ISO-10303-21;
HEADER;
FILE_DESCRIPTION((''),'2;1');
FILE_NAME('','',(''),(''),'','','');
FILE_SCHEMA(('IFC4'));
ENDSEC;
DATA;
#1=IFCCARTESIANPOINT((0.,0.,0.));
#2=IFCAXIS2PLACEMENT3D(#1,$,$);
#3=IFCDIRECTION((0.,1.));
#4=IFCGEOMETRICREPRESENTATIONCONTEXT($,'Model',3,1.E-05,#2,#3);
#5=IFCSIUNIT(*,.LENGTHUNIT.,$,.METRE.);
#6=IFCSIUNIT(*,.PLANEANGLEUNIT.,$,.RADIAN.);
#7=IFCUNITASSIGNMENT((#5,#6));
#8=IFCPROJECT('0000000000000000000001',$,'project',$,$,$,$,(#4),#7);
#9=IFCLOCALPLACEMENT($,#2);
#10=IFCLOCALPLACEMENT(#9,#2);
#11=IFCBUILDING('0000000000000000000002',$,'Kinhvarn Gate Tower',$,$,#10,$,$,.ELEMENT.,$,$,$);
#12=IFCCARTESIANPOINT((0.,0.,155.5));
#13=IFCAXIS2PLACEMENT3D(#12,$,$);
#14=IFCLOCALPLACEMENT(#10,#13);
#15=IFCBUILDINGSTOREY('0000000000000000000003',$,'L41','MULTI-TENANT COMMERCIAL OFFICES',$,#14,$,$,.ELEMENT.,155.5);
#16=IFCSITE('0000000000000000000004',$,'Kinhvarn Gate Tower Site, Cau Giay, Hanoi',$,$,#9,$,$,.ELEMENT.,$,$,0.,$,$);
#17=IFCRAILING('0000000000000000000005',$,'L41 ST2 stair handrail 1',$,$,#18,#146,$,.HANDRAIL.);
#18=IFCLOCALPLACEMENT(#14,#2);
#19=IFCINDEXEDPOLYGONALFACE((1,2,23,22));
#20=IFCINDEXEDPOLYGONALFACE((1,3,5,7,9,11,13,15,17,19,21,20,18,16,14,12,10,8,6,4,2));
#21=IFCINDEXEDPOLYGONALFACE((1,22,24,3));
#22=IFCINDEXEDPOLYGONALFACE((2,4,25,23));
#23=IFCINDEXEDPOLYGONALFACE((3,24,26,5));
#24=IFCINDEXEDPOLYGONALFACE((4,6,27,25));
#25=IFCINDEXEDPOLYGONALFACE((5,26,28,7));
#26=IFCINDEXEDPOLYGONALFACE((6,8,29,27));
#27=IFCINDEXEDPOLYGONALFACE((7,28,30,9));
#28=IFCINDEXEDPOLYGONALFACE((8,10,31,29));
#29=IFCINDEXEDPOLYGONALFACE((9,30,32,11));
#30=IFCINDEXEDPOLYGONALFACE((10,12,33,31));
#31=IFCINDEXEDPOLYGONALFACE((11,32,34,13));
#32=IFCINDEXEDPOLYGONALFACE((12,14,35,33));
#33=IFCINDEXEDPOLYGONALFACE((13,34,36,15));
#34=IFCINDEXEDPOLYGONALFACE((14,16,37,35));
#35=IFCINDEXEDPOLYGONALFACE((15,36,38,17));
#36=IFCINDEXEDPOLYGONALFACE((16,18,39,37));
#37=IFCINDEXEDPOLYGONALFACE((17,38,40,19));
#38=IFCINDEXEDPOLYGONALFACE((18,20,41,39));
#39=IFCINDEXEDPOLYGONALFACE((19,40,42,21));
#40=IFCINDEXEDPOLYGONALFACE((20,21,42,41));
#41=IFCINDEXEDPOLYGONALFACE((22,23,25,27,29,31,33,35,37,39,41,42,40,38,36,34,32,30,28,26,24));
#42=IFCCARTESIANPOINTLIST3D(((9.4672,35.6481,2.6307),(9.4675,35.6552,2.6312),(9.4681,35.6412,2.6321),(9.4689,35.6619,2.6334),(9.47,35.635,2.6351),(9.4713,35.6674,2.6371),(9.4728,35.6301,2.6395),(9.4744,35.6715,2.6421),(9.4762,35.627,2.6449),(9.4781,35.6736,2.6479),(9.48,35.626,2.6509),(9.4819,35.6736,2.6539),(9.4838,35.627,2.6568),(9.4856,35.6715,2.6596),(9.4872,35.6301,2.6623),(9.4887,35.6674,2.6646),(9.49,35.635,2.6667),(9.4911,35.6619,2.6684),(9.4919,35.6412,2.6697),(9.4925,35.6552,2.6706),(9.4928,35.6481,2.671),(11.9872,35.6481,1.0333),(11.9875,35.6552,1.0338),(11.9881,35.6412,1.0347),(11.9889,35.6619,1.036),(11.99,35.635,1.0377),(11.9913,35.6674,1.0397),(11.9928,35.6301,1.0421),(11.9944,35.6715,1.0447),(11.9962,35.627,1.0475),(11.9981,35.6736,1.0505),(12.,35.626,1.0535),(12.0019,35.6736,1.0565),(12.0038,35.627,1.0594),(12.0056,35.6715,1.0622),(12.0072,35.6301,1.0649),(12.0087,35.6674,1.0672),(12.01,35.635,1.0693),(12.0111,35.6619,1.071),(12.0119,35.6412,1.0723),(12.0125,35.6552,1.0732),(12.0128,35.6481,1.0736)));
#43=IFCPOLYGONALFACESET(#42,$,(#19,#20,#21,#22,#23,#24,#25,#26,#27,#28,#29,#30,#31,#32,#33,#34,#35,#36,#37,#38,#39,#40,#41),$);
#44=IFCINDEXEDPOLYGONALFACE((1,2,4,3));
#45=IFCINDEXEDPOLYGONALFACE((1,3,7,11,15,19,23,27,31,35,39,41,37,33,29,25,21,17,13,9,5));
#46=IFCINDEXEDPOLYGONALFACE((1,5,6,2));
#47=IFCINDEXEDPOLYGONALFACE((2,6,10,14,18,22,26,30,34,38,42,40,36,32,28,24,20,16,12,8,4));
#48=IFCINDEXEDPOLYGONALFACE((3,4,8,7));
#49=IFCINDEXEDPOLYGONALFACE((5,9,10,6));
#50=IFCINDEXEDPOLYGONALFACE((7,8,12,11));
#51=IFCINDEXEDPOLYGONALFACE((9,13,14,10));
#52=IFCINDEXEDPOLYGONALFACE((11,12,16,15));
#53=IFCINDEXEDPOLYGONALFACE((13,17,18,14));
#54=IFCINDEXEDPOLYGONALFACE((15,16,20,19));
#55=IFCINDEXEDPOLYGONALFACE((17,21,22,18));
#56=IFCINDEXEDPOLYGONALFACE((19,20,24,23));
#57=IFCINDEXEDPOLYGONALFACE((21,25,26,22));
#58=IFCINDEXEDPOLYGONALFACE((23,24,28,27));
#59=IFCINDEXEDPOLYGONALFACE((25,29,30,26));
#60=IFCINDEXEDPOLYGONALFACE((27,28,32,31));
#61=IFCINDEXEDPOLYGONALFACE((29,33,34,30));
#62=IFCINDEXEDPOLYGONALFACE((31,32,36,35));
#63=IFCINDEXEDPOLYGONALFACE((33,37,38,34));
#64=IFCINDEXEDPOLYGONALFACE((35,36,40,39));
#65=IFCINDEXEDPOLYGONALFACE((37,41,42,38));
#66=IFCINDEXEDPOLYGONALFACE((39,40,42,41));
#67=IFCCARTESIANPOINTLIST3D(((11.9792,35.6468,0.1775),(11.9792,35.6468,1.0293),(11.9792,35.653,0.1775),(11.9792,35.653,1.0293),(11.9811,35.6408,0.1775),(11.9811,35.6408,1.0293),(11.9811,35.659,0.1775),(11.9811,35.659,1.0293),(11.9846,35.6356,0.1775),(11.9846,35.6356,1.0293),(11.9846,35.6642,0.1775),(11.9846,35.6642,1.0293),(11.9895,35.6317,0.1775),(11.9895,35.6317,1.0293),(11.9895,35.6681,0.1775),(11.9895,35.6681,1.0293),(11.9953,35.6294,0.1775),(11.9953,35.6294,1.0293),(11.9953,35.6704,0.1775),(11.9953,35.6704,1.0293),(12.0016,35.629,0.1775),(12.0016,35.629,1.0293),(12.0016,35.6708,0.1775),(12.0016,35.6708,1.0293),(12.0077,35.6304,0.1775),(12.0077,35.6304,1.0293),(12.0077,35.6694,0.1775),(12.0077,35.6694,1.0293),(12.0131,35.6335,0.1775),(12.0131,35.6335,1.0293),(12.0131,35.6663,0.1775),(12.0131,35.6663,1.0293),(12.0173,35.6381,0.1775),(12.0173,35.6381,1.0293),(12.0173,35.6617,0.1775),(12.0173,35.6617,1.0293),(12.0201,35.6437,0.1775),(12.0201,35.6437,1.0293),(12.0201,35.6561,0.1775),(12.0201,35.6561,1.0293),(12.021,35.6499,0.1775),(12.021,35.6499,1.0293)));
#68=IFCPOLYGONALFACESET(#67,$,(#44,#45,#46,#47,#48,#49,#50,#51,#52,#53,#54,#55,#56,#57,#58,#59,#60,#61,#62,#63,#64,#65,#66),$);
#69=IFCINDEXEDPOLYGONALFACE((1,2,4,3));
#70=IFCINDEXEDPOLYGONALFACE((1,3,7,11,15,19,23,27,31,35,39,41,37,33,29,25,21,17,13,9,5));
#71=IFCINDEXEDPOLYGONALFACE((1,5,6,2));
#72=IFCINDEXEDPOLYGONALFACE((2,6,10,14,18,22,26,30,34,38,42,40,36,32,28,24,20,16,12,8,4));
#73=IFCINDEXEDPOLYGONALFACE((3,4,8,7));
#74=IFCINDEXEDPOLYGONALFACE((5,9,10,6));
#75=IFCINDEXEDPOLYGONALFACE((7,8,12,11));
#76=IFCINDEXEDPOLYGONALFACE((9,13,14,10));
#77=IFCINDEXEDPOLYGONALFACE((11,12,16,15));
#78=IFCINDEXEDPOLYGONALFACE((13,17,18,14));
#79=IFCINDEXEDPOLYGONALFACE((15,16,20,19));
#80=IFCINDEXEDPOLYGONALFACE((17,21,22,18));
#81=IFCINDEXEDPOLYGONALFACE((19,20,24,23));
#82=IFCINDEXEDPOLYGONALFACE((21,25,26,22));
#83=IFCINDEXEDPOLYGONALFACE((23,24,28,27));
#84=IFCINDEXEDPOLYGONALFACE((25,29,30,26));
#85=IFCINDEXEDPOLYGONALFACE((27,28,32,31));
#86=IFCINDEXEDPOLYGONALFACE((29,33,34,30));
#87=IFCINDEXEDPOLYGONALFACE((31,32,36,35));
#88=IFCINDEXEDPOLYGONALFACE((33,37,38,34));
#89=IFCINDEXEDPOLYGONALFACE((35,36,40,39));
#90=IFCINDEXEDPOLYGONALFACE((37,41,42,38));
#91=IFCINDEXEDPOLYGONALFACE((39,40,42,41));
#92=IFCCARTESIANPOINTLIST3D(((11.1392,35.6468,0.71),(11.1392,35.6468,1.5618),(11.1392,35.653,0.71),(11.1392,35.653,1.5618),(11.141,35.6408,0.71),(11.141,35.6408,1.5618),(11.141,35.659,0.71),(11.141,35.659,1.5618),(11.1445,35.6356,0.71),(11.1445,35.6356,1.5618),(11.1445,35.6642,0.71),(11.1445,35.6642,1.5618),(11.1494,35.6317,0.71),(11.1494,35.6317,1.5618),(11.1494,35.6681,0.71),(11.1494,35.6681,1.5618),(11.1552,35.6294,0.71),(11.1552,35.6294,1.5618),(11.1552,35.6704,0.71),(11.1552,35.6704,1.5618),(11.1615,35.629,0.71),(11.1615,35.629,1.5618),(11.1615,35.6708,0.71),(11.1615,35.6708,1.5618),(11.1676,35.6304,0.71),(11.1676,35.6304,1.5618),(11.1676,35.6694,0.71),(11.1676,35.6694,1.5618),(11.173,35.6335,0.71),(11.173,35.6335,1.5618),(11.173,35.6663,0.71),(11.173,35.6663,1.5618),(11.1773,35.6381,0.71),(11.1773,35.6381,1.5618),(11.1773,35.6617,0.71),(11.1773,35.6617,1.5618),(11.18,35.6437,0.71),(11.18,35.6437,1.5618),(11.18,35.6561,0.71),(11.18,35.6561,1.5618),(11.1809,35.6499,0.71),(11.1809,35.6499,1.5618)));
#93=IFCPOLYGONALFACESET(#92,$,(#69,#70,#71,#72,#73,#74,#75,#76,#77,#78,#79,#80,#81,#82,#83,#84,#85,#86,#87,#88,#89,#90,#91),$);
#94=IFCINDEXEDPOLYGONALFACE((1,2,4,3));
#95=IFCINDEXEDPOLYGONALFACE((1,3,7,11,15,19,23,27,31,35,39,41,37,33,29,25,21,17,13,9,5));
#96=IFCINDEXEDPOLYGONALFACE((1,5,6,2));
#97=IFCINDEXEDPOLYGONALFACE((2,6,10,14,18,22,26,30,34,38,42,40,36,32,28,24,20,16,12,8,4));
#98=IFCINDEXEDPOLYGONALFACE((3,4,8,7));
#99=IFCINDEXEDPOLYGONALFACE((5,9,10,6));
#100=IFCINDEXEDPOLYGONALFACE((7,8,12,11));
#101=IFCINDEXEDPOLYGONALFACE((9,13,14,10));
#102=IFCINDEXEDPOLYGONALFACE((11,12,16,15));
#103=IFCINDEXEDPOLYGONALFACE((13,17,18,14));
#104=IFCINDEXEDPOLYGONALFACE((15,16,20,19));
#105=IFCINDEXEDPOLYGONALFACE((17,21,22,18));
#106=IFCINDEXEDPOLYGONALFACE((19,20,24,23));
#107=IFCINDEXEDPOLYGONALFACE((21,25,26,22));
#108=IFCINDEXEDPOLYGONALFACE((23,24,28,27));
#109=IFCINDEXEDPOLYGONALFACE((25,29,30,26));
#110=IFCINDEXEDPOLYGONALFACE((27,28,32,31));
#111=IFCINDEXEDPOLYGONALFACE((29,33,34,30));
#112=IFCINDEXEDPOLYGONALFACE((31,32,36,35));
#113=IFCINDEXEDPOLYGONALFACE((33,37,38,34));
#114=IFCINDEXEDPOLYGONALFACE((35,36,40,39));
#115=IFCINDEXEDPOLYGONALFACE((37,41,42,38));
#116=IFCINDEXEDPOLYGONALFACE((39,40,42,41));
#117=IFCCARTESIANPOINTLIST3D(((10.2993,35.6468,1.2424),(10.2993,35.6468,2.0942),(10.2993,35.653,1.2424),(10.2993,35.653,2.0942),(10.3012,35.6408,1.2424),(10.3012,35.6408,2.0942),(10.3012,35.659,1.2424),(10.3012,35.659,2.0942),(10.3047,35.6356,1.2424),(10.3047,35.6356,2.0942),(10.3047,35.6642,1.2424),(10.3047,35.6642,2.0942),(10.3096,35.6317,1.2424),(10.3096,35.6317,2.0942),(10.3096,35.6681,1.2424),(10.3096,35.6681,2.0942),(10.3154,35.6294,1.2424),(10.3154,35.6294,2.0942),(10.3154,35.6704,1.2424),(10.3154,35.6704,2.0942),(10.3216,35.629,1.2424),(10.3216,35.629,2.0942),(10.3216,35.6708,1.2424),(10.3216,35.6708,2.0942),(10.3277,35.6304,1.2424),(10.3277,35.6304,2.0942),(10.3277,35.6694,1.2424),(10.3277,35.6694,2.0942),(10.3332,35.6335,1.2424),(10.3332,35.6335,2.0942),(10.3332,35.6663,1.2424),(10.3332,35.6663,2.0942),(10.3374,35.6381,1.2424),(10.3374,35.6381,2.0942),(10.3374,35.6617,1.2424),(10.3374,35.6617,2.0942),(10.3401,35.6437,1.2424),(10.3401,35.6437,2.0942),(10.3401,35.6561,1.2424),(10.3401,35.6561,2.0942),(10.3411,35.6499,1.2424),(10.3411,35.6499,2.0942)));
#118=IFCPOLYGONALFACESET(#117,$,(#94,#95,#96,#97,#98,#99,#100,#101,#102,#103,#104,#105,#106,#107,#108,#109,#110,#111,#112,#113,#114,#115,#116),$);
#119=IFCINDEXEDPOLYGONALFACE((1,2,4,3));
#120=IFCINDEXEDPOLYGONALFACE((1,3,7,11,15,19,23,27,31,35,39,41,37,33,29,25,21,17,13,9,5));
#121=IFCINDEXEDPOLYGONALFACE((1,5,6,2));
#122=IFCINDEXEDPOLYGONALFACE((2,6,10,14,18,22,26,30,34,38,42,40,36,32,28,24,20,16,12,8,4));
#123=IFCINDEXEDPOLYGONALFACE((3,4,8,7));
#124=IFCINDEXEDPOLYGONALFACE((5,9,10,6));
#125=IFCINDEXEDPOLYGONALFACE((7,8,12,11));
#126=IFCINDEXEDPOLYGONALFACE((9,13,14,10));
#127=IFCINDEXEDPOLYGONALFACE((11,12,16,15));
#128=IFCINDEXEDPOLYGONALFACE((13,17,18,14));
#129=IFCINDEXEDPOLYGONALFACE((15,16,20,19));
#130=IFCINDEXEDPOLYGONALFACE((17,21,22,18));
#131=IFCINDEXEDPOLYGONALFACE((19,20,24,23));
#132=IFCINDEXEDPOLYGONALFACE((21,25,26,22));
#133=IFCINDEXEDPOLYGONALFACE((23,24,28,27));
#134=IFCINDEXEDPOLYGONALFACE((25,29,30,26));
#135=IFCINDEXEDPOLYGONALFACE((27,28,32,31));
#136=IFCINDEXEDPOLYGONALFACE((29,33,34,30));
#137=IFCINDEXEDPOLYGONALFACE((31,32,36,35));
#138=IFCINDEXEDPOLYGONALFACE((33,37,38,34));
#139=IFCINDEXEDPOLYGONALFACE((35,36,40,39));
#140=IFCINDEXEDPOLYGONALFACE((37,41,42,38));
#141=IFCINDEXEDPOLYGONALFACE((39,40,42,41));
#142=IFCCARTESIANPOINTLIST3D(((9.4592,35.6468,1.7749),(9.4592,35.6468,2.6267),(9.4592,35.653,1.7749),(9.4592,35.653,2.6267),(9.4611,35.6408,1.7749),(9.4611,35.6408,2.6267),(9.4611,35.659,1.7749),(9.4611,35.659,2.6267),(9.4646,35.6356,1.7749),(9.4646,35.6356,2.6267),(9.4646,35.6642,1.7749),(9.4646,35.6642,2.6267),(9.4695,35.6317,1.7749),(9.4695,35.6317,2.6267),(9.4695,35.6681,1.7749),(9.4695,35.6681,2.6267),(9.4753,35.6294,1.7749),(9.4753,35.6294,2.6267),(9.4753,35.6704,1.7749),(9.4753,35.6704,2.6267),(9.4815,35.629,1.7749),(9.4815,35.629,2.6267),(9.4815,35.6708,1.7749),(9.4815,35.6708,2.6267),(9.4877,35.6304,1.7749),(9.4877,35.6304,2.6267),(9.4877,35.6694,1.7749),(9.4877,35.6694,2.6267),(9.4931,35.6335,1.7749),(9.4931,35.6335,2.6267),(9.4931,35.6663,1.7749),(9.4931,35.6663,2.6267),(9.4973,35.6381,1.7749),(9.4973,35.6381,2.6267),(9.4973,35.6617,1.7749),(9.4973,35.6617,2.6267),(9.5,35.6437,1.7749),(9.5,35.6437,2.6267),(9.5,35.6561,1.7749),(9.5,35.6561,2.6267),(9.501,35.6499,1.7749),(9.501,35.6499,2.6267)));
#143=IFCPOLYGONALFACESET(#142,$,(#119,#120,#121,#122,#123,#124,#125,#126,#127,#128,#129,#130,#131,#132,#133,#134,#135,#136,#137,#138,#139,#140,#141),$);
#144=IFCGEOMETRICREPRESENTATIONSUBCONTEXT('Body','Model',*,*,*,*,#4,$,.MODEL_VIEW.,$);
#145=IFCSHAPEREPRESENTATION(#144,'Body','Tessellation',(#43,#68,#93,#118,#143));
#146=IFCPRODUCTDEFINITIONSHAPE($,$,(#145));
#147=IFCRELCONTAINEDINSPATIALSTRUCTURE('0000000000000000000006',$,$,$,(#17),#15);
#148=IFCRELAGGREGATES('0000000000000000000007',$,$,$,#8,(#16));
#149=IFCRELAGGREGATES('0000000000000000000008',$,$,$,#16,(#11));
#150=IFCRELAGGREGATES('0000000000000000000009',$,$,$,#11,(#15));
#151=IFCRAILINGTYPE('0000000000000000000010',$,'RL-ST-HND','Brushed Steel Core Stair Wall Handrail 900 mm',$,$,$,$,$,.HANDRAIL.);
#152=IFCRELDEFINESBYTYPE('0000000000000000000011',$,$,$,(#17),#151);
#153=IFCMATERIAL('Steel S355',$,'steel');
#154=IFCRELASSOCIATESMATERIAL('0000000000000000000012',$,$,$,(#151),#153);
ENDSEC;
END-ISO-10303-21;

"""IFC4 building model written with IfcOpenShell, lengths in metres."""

from ifc_helpers import new_model, si_unit, direction, frame, origin, origin_2d, place, context, subcontext, project, spatial, circle, extrude, material, type_object, element, save


model = new_model("IFC4")

# Units and contexts
model_context = context("Model", 3, precision=1e-05, world=origin(), true_north=direction((0.0, 1.0)))
body_context = subcontext(model_context, "Body", "Model", "MODEL_VIEW")
ifc_project = project(units=[si_unit("LENGTHUNIT", "METRE"), si_unit("PLANEANGLEUNIT", "RADIAN")], contexts=[model_context])

# Site, building, storey
site_placement = place(None, origin())
site = spatial("IfcSite", under=ifc_project, at=site_placement, Name="Kinhvarn Gate Tower Site, Cau Giay, Hanoi", CompositionType="ELEMENT", RefElevation=0.0)
building_placement = place(site_placement, origin())
building = spatial("IfcBuilding", under=site, at=building_placement, Name="Kinhvarn Gate Tower", CompositionType="ELEMENT")
storey_placement = place(building_placement, frame((0.0, 0.0, 155.5)))
storey = spatial("IfcBuildingStorey", under=building, at=storey_placement, Name="L41", Description="MULTI-TENANT COMMERCIAL OFFICES", CompositionType="ELEMENT", Elevation=155.5)

# Shared definitions
ifc_material_1 = material(Name="Steel S355", Category="steel")

# Railing
railing_type_1 = type_object("IfcRailingType", Name="RL-ST-HND", Description="Brushed Steel Core Stair Wall Handrail 900 mm", PredefinedType="HANDRAIL", material=ifc_material_1)
railing_1_placement = place(storey_placement, frame((12.0, 35.6499, 0.1775)))
element("IfcRailing", 1, at=railing_1_placement, inside=storey, type_object=railing_type_1, Name="L41 ST2 stair handrail 1", PredefinedType="HANDRAIL", context=body_context, shape_type="SweptSolid", body=[
    extrude(circle(Radius=0.0239, at=origin_2d()), frame((0.0, 0.0, 0.876), z_axis=(-0.844607, 0.0, 0.535387), x_axis=(0.0, -1.0, 0.0)), (0.0, 0.0, 1.0), 2.9836),
    extrude(circle(Radius=0.021, at=origin_2d()), origin(), (0.0, 0.0, 1.0), 0.8518),
    extrude(circle(Radius=0.021, at=origin_2d()), frame((-0.8401, 0.0, 0.5325)), (0.0, 0.0, 1.0), 0.8518),
    extrude(circle(Radius=0.021, at=origin_2d()), frame((-1.6799, 0.0, 1.0649)), (0.0, 0.0, 1.0), 0.8518),
    extrude(circle(Radius=0.021, at=origin_2d()), frame((-2.52, 0.0, 1.5974)), (0.0, 0.0, 1.0), 0.8518),
])

save(model, "model.ifc")
